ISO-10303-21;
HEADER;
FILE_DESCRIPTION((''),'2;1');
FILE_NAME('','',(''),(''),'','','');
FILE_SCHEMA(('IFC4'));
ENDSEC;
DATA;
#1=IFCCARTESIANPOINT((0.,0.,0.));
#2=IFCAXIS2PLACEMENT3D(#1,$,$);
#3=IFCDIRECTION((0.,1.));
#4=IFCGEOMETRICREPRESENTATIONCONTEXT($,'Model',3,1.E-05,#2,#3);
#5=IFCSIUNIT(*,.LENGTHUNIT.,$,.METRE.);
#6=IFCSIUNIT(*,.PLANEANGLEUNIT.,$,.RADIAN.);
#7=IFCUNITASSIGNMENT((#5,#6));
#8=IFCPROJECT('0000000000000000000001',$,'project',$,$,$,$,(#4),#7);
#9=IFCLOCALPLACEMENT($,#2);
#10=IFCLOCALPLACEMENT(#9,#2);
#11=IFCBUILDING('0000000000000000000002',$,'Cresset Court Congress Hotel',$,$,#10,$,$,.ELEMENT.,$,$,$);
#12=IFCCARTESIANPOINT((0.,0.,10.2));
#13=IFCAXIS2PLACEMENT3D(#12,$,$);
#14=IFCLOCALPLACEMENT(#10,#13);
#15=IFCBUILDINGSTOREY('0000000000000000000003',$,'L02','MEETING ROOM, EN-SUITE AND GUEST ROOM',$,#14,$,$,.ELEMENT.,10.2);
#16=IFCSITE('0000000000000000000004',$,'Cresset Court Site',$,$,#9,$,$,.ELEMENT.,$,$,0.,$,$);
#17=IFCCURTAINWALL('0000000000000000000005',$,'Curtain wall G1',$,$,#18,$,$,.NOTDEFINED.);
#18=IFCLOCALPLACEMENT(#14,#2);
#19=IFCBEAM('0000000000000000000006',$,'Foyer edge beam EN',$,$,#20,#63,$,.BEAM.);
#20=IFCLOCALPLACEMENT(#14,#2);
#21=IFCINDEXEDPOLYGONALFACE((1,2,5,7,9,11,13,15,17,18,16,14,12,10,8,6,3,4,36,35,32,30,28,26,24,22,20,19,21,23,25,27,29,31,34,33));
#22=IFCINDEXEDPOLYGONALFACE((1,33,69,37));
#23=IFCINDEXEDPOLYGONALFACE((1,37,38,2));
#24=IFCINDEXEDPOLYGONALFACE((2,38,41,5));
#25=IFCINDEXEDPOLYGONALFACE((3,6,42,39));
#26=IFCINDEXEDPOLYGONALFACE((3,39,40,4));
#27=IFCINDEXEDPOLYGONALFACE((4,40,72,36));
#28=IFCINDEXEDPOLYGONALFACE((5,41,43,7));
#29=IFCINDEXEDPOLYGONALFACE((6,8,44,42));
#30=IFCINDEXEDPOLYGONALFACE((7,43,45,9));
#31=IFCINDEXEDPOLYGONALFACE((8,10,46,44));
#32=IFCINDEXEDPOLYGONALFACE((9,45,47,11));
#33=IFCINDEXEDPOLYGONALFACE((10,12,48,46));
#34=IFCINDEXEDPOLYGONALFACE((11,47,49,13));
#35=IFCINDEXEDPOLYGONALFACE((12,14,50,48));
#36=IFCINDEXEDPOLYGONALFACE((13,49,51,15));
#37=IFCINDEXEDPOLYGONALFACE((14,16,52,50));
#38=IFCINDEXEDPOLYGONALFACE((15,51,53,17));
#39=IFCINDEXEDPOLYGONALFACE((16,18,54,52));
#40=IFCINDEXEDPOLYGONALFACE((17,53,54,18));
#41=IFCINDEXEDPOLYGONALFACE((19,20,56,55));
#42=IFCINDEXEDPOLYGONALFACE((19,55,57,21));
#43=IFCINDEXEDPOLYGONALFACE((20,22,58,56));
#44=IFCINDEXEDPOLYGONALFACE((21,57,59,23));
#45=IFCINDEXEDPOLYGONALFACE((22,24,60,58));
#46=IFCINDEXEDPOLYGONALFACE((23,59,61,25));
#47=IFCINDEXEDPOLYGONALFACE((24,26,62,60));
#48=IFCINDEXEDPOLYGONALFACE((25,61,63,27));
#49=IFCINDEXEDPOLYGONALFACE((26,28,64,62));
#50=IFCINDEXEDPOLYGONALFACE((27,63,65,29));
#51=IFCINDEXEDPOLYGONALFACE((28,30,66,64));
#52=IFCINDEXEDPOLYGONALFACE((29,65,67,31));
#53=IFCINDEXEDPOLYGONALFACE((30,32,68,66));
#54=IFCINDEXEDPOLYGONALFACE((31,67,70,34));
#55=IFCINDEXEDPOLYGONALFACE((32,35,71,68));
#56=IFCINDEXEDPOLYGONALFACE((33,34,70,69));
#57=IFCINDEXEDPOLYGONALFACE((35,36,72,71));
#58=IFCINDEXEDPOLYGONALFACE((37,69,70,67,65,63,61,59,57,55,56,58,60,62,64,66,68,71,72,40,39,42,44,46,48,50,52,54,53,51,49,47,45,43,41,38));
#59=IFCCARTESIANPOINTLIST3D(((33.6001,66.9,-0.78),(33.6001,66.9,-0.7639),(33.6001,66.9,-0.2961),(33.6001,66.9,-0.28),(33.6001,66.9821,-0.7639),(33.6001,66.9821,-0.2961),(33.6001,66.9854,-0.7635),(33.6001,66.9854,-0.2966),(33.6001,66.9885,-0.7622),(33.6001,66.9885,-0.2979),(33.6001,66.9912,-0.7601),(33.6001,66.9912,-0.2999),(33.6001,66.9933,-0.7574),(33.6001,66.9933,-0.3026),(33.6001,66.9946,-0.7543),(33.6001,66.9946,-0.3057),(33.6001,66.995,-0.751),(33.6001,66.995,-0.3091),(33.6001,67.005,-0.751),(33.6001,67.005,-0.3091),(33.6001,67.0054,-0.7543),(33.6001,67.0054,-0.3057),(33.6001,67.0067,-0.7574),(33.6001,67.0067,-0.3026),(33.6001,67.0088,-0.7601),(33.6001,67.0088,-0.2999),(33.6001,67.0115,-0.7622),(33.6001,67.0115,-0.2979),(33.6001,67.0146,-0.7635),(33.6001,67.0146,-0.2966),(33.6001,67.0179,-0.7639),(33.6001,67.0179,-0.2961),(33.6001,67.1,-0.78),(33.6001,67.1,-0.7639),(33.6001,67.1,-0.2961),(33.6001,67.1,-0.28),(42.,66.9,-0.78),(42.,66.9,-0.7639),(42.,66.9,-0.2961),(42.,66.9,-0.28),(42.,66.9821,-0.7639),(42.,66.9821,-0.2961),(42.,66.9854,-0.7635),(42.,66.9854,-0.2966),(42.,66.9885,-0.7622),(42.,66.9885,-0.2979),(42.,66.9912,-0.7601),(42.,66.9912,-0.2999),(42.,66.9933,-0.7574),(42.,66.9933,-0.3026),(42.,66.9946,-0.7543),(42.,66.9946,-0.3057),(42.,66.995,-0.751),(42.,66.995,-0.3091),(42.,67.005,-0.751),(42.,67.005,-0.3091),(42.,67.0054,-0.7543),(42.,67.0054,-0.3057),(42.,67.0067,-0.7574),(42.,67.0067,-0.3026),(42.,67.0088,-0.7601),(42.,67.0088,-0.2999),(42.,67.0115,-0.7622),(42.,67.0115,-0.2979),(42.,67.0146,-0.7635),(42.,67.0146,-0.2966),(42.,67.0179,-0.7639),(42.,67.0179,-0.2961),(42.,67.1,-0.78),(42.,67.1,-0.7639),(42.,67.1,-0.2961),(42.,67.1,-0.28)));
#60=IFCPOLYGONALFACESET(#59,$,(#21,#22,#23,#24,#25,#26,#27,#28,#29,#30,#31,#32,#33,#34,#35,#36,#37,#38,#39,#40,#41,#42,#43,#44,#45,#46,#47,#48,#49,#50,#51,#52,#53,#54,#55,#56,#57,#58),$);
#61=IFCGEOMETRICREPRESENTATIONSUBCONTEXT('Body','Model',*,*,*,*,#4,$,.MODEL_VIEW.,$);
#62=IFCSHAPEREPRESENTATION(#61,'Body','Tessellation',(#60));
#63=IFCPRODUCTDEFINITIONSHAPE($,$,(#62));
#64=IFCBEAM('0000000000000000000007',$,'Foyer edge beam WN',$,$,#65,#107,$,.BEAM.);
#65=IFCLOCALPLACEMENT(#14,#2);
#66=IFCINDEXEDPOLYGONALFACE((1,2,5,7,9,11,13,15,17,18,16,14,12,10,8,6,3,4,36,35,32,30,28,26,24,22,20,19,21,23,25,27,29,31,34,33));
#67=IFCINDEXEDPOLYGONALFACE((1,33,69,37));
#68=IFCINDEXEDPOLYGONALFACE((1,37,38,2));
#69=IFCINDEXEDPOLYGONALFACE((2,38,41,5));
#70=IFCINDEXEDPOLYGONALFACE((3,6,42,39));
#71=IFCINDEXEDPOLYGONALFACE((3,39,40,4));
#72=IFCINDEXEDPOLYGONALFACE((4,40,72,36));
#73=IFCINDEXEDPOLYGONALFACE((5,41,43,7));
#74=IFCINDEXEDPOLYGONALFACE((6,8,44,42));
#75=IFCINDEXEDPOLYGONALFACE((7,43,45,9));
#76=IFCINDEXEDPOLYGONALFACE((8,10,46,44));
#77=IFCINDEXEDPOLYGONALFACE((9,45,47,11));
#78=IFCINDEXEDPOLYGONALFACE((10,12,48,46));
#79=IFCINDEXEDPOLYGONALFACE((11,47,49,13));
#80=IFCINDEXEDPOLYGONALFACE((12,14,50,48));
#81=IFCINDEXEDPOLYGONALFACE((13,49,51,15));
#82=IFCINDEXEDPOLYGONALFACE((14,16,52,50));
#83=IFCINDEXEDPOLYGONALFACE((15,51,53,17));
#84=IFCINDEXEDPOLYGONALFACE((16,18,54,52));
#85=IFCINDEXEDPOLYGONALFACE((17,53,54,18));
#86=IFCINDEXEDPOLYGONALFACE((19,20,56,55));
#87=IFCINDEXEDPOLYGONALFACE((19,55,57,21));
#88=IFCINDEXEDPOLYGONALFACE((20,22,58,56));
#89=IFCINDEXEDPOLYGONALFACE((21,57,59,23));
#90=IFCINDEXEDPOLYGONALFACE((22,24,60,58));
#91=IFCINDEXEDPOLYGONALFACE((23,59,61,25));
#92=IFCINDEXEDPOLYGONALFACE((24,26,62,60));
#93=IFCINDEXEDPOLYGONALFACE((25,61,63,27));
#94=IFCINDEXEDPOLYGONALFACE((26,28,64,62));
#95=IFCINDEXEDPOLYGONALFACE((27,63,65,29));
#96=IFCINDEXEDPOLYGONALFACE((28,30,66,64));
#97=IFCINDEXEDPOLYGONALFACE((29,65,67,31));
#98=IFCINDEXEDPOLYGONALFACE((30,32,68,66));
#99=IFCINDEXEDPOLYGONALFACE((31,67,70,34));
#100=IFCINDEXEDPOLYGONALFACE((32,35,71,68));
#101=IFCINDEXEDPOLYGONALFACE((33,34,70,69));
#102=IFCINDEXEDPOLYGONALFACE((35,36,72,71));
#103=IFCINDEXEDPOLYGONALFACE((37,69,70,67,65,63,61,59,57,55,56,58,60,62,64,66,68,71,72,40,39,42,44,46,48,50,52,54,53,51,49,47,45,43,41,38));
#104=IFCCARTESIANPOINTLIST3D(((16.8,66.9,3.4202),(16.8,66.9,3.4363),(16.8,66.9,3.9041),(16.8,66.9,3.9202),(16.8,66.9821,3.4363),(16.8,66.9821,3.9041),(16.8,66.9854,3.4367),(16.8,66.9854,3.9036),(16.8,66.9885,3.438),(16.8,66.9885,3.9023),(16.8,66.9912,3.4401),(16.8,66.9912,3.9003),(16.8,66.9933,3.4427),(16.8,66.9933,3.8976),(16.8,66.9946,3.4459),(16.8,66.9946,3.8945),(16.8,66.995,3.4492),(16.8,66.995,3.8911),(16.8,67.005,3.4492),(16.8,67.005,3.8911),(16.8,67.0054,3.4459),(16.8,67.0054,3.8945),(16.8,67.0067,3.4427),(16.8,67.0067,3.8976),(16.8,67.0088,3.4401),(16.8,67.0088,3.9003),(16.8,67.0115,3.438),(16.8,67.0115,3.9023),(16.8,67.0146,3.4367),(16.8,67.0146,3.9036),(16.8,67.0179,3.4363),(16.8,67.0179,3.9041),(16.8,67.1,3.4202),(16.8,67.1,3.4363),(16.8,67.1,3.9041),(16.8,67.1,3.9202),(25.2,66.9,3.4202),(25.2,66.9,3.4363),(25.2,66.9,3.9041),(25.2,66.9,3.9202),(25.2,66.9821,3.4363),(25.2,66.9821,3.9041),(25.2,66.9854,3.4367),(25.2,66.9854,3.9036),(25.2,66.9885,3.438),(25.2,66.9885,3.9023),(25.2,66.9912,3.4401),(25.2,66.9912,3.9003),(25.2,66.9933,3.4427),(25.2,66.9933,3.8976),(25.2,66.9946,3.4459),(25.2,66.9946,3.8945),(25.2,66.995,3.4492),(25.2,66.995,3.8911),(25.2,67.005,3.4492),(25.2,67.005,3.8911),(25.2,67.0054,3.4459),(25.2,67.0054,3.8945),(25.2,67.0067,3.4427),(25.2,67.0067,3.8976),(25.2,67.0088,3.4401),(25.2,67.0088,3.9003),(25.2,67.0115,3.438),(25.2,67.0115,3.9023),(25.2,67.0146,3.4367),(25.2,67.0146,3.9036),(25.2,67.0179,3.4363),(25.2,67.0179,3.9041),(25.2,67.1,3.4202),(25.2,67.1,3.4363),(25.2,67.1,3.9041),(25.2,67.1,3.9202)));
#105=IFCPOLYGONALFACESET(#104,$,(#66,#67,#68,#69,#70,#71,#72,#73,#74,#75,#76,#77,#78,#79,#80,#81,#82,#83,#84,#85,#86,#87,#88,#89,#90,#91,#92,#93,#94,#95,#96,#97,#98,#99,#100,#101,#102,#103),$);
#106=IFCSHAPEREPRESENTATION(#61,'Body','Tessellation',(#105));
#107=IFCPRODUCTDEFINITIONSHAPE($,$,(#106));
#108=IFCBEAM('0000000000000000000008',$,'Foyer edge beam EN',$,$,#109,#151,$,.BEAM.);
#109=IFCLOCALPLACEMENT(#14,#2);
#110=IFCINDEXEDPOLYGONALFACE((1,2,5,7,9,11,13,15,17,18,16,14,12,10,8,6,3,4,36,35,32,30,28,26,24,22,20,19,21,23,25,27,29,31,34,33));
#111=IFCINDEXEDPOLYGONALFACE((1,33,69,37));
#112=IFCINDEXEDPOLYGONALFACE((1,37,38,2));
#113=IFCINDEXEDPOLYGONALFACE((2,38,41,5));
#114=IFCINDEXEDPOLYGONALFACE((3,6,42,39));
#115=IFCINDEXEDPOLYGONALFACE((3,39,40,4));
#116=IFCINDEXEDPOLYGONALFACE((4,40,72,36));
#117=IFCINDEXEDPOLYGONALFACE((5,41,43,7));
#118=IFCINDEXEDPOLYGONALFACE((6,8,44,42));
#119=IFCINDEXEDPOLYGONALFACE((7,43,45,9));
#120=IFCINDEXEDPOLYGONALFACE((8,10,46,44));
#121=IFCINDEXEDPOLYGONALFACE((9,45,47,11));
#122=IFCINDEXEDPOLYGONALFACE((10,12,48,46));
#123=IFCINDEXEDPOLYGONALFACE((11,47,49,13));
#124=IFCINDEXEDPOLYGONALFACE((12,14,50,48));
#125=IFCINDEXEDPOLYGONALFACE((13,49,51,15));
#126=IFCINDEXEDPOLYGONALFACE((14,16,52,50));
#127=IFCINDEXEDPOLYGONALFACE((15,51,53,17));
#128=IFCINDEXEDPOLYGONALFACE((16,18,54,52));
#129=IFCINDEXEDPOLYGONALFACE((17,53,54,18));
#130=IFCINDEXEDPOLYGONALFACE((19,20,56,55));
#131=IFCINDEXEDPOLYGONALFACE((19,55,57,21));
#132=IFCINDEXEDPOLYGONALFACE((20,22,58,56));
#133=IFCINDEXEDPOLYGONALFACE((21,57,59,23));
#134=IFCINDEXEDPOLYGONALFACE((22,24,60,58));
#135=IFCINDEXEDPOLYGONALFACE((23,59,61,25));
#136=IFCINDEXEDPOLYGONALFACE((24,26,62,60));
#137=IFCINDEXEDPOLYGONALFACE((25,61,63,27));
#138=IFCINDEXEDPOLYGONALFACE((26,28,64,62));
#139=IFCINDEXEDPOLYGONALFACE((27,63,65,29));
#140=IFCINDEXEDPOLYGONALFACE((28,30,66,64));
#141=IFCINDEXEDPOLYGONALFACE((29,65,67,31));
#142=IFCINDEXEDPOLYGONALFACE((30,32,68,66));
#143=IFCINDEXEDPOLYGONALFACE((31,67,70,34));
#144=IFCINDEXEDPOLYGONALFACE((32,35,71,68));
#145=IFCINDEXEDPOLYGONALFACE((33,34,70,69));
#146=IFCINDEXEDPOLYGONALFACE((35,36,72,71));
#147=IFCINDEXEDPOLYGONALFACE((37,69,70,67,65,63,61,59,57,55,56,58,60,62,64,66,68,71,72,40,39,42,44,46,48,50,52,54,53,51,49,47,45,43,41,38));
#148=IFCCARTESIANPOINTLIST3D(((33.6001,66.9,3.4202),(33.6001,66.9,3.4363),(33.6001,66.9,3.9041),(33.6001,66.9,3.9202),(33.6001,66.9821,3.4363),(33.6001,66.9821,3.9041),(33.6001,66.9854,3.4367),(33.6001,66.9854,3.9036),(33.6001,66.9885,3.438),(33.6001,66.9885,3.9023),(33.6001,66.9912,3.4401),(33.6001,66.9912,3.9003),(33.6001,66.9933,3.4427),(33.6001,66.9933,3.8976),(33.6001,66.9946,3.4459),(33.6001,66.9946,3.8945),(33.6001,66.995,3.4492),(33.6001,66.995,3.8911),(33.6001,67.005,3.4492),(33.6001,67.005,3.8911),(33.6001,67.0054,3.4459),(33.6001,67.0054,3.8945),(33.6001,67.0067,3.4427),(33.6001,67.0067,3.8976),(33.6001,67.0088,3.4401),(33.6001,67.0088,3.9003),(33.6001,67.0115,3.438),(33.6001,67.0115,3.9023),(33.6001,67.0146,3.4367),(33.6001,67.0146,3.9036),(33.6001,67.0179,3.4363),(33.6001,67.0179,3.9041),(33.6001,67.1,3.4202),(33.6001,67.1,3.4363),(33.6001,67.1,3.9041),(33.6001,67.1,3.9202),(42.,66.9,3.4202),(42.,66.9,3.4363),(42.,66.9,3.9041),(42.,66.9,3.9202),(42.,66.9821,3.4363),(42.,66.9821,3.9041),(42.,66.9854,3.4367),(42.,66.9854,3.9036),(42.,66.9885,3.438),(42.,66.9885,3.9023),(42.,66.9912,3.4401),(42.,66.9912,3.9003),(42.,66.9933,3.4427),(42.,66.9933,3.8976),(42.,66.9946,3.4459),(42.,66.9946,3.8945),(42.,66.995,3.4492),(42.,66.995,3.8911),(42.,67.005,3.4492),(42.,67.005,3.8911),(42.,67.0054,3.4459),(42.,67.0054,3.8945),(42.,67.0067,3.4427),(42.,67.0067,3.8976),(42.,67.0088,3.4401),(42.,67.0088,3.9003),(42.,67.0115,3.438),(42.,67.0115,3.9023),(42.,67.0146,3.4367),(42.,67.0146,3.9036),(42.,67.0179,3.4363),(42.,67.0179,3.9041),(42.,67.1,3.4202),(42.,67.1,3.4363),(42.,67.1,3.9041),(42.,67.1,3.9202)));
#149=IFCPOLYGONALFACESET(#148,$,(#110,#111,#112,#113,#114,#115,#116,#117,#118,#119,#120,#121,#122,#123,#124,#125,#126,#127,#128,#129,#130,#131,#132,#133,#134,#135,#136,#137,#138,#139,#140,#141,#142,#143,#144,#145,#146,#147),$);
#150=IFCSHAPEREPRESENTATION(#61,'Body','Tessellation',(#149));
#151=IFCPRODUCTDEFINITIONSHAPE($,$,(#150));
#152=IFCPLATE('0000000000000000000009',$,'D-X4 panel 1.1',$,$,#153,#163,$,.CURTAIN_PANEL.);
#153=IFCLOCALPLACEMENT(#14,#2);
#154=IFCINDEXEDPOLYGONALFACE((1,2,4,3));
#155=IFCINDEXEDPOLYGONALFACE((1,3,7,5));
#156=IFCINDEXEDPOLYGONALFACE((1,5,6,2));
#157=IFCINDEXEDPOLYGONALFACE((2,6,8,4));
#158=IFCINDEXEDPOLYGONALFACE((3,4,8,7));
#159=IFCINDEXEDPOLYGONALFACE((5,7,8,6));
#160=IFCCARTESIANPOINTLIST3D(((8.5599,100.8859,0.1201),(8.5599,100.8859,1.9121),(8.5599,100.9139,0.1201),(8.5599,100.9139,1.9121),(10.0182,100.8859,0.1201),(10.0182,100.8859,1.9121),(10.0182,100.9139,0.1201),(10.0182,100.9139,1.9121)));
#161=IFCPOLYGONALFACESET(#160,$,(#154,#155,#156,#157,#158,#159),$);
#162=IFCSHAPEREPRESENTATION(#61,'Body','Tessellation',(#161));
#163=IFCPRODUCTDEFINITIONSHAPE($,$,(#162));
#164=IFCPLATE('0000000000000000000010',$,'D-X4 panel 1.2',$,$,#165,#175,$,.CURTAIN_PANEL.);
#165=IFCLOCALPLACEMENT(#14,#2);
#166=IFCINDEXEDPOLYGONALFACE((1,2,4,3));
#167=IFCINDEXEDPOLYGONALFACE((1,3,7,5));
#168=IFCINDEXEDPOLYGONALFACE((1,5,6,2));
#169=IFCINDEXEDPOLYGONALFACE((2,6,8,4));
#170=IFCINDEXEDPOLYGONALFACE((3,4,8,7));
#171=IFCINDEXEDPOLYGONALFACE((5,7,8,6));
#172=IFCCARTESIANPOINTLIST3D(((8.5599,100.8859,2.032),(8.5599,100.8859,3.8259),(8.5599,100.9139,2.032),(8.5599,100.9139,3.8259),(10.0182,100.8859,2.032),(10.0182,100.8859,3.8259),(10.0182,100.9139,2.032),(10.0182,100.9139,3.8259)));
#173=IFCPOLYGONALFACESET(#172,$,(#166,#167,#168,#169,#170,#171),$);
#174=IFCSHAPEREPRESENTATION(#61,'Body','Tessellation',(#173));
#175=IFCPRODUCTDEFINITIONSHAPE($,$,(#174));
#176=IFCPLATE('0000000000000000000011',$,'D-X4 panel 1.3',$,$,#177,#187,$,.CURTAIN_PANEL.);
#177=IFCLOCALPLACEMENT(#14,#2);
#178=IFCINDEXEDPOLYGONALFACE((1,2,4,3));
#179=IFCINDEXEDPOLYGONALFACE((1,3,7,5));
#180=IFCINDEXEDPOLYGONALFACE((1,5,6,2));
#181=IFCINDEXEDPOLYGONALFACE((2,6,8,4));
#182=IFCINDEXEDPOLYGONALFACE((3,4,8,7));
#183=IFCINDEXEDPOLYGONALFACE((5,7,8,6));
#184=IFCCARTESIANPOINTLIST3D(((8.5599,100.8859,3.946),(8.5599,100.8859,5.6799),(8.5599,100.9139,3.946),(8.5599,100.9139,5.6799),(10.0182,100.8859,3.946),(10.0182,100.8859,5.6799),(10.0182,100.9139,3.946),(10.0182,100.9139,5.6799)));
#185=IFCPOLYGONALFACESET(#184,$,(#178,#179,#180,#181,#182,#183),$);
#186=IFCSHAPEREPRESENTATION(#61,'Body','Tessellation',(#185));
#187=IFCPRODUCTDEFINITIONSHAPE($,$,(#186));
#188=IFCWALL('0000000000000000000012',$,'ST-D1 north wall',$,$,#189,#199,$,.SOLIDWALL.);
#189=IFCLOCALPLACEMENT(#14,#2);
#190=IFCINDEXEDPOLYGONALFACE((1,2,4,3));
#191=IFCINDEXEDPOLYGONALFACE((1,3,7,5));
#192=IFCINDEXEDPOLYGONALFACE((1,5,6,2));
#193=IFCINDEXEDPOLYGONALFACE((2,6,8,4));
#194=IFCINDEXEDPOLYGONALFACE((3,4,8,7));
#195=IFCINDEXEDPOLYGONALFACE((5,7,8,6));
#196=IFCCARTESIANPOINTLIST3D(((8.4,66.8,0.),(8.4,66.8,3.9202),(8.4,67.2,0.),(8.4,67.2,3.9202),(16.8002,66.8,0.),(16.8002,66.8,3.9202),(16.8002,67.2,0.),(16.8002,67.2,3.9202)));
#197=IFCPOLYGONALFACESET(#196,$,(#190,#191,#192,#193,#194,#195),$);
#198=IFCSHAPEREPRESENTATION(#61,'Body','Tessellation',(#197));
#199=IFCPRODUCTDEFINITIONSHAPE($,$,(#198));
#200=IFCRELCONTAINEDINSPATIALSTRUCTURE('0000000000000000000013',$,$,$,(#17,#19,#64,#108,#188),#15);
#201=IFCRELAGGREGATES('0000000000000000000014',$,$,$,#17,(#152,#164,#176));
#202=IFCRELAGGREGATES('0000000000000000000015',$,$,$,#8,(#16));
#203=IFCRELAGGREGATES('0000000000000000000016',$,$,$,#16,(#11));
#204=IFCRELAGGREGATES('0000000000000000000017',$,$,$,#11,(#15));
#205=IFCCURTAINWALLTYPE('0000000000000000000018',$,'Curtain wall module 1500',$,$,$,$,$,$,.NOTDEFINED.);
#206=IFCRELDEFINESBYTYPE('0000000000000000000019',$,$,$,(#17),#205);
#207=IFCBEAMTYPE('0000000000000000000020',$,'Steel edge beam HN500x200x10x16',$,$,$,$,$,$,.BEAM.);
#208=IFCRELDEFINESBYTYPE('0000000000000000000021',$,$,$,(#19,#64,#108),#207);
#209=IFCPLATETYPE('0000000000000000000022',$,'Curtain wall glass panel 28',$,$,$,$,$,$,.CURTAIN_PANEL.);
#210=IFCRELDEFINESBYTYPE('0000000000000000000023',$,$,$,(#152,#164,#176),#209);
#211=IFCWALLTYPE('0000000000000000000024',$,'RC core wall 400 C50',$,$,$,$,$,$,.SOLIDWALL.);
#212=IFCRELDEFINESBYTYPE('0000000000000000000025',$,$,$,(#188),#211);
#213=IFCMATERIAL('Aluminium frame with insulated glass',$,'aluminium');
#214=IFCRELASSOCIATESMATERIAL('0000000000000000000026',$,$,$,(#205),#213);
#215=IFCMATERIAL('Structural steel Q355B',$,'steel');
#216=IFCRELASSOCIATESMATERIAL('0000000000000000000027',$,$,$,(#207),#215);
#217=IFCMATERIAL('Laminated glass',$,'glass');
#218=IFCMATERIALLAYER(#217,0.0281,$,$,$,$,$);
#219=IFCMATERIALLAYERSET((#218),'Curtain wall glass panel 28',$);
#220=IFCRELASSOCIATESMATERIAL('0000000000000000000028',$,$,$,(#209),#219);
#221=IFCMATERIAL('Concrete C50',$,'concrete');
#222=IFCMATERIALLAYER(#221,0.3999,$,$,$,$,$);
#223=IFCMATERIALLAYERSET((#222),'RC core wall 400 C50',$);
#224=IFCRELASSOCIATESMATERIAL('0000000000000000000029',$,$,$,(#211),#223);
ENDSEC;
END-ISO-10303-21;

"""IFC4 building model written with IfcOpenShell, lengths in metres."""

from ifc_helpers import new_model, si_unit, direction, frame, frame_2d, origin, origin_2d, place, context, subcontext, project, spatial, rectangle, i_section, extrude, material, layer, layer_set, material_profile, profile_set, type_object, element, aggregate, save


model = new_model("IFC4")

# Units and contexts
model_context = context("Model", 3, precision=1e-05, world=origin(), true_north=direction((0.0, 1.0)))
body_context = subcontext(model_context, "Body", "Model", "MODEL_VIEW")
ifc_project = project(units=[si_unit("LENGTHUNIT", "METRE"), si_unit("PLANEANGLEUNIT", "RADIAN")], contexts=[model_context])

# Site, building, storey
site_placement = place(None, origin())
site = spatial("IfcSite", under=ifc_project, at=site_placement, Name="Cresset Court Site", CompositionType="ELEMENT", RefElevation=0.0)
building_placement = place(site_placement, origin())
building = spatial("IfcBuilding", under=site, at=building_placement, Name="Cresset Court Congress Hotel", CompositionType="ELEMENT")
storey_placement = place(building_placement, frame((0.0, 0.0, 10.2)))
storey = spatial("IfcBuildingStorey", under=building, at=storey_placement, Name="L02", Description="MEETING ROOM, EN-SUITE AND GUEST ROOM", CompositionType="ELEMENT", Elevation=10.2)

# Curtain wall
ifc_material_1 = material(Name="Aluminium frame with insulated glass", Category="aluminium")
curtain_wall_type = type_object("IfcCurtainWallType", Name="Curtain wall module 1500", PredefinedType="NOTDEFINED", material=ifc_material_1)
curtain_wall_placement = place(storey_placement, origin())
curtain_wall = element("IfcCurtainWall", 1, at=curtain_wall_placement, inside=storey, type_object=curtain_wall_type, Name="Curtain wall G1", PredefinedType="NOTDEFINED")

# Beams
ifc_material_2 = material(Name="Structural steel Q355B", Category="steel")
ifc_material_profile_1 = material_profile(ifc_material_2, i_section(OverallWidth=0.2, OverallDepth=0.5, WebThickness=0.01, FlangeThickness=0.0161, FilletRadius=0.0129, at=origin_2d()), Name="HN500x200x10x16")
ifc_profile_set_1 = profile_set([ifc_material_profile_1], Name="Structural steel Q355B")
beam_type = type_object("IfcBeamType", Name="Steel edge beam HN500x200x10x16", PredefinedType="BEAM", material=ifc_profile_set_1)
for number, where, z_axis, x_axis, name in (
    (2, (33.6001, 67.0, -0.53), (1.0, 0.0, 0.0), (0.0, 1.0, 0.0), "Foyer edge beam EN"),
    (3, (16.8, 67.0, 3.6702), (1.0, 0.0, 0.0), (0.0, 1.0, 0.0), "Foyer edge beam WN"),
    (4, (33.6001, 67.0, 3.6702), (1.0, 0.0, 0.0), (0.0, 1.0, 0.0), "Foyer edge beam EN"),
):
    element("IfcBeam", number, at=place(storey_placement, frame(where, z_axis=z_axis, x_axis=x_axis)), inside=storey, type_object=beam_type, Name=name, PredefinedType="BEAM", context=body_context, shape_type="SweptSolid", body=[
        extrude(i_section(OverallWidth=0.2, OverallDepth=0.5, WebThickness=0.01, FlangeThickness=0.0161, FilletRadius=0.0129, at=origin_2d()), origin(), (0.0, 0.0, 1.0), 8.3999),
    ])

# Plates
ifc_material_3 = material(Name="Laminated glass", Category="glass")
ifc_layer_1 = layer(ifc_material_3, 0.0281)
ifc_layer_set_1 = layer_set([ifc_layer_1], Name="Curtain wall glass panel 28")
plate_type = type_object("IfcPlateType", Name="Curtain wall glass panel 28", PredefinedType="CURTAIN_PANEL", material=ifc_layer_set_1)
plate_1_placement = place(storey_placement, frame((9.2891, 100.8999, 0.1201), z_axis=(0.0, 0.0, 1.0), x_axis=(1.0, 0.0, 0.0)))
plate_1 = element("IfcPlate", 5, at=plate_1_placement, type_object=plate_type, Name="D-X4 panel 1.1", PredefinedType="CURTAIN_PANEL", context=body_context, shape_type="SweptSolid", body=[
    extrude(rectangle(XDim=1.4583, YDim=0.0281, at=origin_2d()), origin(), (0.0, 0.0, 1.0), 1.792),
])
plate_2_placement = place(storey_placement, frame((9.2891, 100.8999, 2.032), z_axis=(0.0, 0.0, 1.0), x_axis=(1.0, 0.0, 0.0)))
plate_2 = element("IfcPlate", 6, at=plate_2_placement, type_object=plate_type, Name="D-X4 panel 1.2", PredefinedType="CURTAIN_PANEL", context=body_context, shape_type="SweptSolid", body=[
    extrude(rectangle(XDim=1.4583, YDim=0.0281, at=origin_2d()), origin(), (0.0, 0.0, 1.0), 1.7939),
])
plate_3_placement = place(storey_placement, frame((9.2891, 100.8999, 3.946), z_axis=(0.0, 0.0, 1.0), x_axis=(1.0, 0.0, 0.0)))
plate_3 = element("IfcPlate", 7, at=plate_3_placement, type_object=plate_type, Name="D-X4 panel 1.3", PredefinedType="CURTAIN_PANEL", context=body_context, shape_type="SweptSolid", body=[
    extrude(rectangle(XDim=1.4583, YDim=0.0281, at=origin_2d()), origin(), (0.0, 0.0, 1.0), 1.7339),
])
aggregate(curtain_wall, [plate_1, plate_2, plate_3])

# Wall
ifc_material_4 = material(Name="Concrete C50", Category="concrete")
ifc_layer_2 = layer(ifc_material_4, 0.3999)
ifc_layer_set_2 = layer_set([ifc_layer_2], Name="RC core wall 400 C50")
wall_type_1 = type_object("IfcWallType", Name="RC core wall 400 C50", PredefinedType="SOLIDWALL", material=ifc_layer_set_2)
for number, where, z_axis, x_axis, name in (
    (8, (8.3999, 67.0, 0.0), (0.0, 0.0, 1.0), (1.0, 0.0, 0.0), "ST-D1 north wall"),
):
    element("IfcWall", number, at=place(storey_placement, frame(where, z_axis=z_axis, x_axis=x_axis)), inside=storey, type_object=wall_type_1, Name=name, PredefinedType="SOLIDWALL", context=body_context, shape_type="SweptSolid", body=[
        extrude(rectangle(XDim=8.4001, YDim=0.3999, at=frame_2d((4.2002, 0.0))), origin(), (0.0, 0.0, 1.0), 3.9202),
    ])

save(model, "model.ifc")
